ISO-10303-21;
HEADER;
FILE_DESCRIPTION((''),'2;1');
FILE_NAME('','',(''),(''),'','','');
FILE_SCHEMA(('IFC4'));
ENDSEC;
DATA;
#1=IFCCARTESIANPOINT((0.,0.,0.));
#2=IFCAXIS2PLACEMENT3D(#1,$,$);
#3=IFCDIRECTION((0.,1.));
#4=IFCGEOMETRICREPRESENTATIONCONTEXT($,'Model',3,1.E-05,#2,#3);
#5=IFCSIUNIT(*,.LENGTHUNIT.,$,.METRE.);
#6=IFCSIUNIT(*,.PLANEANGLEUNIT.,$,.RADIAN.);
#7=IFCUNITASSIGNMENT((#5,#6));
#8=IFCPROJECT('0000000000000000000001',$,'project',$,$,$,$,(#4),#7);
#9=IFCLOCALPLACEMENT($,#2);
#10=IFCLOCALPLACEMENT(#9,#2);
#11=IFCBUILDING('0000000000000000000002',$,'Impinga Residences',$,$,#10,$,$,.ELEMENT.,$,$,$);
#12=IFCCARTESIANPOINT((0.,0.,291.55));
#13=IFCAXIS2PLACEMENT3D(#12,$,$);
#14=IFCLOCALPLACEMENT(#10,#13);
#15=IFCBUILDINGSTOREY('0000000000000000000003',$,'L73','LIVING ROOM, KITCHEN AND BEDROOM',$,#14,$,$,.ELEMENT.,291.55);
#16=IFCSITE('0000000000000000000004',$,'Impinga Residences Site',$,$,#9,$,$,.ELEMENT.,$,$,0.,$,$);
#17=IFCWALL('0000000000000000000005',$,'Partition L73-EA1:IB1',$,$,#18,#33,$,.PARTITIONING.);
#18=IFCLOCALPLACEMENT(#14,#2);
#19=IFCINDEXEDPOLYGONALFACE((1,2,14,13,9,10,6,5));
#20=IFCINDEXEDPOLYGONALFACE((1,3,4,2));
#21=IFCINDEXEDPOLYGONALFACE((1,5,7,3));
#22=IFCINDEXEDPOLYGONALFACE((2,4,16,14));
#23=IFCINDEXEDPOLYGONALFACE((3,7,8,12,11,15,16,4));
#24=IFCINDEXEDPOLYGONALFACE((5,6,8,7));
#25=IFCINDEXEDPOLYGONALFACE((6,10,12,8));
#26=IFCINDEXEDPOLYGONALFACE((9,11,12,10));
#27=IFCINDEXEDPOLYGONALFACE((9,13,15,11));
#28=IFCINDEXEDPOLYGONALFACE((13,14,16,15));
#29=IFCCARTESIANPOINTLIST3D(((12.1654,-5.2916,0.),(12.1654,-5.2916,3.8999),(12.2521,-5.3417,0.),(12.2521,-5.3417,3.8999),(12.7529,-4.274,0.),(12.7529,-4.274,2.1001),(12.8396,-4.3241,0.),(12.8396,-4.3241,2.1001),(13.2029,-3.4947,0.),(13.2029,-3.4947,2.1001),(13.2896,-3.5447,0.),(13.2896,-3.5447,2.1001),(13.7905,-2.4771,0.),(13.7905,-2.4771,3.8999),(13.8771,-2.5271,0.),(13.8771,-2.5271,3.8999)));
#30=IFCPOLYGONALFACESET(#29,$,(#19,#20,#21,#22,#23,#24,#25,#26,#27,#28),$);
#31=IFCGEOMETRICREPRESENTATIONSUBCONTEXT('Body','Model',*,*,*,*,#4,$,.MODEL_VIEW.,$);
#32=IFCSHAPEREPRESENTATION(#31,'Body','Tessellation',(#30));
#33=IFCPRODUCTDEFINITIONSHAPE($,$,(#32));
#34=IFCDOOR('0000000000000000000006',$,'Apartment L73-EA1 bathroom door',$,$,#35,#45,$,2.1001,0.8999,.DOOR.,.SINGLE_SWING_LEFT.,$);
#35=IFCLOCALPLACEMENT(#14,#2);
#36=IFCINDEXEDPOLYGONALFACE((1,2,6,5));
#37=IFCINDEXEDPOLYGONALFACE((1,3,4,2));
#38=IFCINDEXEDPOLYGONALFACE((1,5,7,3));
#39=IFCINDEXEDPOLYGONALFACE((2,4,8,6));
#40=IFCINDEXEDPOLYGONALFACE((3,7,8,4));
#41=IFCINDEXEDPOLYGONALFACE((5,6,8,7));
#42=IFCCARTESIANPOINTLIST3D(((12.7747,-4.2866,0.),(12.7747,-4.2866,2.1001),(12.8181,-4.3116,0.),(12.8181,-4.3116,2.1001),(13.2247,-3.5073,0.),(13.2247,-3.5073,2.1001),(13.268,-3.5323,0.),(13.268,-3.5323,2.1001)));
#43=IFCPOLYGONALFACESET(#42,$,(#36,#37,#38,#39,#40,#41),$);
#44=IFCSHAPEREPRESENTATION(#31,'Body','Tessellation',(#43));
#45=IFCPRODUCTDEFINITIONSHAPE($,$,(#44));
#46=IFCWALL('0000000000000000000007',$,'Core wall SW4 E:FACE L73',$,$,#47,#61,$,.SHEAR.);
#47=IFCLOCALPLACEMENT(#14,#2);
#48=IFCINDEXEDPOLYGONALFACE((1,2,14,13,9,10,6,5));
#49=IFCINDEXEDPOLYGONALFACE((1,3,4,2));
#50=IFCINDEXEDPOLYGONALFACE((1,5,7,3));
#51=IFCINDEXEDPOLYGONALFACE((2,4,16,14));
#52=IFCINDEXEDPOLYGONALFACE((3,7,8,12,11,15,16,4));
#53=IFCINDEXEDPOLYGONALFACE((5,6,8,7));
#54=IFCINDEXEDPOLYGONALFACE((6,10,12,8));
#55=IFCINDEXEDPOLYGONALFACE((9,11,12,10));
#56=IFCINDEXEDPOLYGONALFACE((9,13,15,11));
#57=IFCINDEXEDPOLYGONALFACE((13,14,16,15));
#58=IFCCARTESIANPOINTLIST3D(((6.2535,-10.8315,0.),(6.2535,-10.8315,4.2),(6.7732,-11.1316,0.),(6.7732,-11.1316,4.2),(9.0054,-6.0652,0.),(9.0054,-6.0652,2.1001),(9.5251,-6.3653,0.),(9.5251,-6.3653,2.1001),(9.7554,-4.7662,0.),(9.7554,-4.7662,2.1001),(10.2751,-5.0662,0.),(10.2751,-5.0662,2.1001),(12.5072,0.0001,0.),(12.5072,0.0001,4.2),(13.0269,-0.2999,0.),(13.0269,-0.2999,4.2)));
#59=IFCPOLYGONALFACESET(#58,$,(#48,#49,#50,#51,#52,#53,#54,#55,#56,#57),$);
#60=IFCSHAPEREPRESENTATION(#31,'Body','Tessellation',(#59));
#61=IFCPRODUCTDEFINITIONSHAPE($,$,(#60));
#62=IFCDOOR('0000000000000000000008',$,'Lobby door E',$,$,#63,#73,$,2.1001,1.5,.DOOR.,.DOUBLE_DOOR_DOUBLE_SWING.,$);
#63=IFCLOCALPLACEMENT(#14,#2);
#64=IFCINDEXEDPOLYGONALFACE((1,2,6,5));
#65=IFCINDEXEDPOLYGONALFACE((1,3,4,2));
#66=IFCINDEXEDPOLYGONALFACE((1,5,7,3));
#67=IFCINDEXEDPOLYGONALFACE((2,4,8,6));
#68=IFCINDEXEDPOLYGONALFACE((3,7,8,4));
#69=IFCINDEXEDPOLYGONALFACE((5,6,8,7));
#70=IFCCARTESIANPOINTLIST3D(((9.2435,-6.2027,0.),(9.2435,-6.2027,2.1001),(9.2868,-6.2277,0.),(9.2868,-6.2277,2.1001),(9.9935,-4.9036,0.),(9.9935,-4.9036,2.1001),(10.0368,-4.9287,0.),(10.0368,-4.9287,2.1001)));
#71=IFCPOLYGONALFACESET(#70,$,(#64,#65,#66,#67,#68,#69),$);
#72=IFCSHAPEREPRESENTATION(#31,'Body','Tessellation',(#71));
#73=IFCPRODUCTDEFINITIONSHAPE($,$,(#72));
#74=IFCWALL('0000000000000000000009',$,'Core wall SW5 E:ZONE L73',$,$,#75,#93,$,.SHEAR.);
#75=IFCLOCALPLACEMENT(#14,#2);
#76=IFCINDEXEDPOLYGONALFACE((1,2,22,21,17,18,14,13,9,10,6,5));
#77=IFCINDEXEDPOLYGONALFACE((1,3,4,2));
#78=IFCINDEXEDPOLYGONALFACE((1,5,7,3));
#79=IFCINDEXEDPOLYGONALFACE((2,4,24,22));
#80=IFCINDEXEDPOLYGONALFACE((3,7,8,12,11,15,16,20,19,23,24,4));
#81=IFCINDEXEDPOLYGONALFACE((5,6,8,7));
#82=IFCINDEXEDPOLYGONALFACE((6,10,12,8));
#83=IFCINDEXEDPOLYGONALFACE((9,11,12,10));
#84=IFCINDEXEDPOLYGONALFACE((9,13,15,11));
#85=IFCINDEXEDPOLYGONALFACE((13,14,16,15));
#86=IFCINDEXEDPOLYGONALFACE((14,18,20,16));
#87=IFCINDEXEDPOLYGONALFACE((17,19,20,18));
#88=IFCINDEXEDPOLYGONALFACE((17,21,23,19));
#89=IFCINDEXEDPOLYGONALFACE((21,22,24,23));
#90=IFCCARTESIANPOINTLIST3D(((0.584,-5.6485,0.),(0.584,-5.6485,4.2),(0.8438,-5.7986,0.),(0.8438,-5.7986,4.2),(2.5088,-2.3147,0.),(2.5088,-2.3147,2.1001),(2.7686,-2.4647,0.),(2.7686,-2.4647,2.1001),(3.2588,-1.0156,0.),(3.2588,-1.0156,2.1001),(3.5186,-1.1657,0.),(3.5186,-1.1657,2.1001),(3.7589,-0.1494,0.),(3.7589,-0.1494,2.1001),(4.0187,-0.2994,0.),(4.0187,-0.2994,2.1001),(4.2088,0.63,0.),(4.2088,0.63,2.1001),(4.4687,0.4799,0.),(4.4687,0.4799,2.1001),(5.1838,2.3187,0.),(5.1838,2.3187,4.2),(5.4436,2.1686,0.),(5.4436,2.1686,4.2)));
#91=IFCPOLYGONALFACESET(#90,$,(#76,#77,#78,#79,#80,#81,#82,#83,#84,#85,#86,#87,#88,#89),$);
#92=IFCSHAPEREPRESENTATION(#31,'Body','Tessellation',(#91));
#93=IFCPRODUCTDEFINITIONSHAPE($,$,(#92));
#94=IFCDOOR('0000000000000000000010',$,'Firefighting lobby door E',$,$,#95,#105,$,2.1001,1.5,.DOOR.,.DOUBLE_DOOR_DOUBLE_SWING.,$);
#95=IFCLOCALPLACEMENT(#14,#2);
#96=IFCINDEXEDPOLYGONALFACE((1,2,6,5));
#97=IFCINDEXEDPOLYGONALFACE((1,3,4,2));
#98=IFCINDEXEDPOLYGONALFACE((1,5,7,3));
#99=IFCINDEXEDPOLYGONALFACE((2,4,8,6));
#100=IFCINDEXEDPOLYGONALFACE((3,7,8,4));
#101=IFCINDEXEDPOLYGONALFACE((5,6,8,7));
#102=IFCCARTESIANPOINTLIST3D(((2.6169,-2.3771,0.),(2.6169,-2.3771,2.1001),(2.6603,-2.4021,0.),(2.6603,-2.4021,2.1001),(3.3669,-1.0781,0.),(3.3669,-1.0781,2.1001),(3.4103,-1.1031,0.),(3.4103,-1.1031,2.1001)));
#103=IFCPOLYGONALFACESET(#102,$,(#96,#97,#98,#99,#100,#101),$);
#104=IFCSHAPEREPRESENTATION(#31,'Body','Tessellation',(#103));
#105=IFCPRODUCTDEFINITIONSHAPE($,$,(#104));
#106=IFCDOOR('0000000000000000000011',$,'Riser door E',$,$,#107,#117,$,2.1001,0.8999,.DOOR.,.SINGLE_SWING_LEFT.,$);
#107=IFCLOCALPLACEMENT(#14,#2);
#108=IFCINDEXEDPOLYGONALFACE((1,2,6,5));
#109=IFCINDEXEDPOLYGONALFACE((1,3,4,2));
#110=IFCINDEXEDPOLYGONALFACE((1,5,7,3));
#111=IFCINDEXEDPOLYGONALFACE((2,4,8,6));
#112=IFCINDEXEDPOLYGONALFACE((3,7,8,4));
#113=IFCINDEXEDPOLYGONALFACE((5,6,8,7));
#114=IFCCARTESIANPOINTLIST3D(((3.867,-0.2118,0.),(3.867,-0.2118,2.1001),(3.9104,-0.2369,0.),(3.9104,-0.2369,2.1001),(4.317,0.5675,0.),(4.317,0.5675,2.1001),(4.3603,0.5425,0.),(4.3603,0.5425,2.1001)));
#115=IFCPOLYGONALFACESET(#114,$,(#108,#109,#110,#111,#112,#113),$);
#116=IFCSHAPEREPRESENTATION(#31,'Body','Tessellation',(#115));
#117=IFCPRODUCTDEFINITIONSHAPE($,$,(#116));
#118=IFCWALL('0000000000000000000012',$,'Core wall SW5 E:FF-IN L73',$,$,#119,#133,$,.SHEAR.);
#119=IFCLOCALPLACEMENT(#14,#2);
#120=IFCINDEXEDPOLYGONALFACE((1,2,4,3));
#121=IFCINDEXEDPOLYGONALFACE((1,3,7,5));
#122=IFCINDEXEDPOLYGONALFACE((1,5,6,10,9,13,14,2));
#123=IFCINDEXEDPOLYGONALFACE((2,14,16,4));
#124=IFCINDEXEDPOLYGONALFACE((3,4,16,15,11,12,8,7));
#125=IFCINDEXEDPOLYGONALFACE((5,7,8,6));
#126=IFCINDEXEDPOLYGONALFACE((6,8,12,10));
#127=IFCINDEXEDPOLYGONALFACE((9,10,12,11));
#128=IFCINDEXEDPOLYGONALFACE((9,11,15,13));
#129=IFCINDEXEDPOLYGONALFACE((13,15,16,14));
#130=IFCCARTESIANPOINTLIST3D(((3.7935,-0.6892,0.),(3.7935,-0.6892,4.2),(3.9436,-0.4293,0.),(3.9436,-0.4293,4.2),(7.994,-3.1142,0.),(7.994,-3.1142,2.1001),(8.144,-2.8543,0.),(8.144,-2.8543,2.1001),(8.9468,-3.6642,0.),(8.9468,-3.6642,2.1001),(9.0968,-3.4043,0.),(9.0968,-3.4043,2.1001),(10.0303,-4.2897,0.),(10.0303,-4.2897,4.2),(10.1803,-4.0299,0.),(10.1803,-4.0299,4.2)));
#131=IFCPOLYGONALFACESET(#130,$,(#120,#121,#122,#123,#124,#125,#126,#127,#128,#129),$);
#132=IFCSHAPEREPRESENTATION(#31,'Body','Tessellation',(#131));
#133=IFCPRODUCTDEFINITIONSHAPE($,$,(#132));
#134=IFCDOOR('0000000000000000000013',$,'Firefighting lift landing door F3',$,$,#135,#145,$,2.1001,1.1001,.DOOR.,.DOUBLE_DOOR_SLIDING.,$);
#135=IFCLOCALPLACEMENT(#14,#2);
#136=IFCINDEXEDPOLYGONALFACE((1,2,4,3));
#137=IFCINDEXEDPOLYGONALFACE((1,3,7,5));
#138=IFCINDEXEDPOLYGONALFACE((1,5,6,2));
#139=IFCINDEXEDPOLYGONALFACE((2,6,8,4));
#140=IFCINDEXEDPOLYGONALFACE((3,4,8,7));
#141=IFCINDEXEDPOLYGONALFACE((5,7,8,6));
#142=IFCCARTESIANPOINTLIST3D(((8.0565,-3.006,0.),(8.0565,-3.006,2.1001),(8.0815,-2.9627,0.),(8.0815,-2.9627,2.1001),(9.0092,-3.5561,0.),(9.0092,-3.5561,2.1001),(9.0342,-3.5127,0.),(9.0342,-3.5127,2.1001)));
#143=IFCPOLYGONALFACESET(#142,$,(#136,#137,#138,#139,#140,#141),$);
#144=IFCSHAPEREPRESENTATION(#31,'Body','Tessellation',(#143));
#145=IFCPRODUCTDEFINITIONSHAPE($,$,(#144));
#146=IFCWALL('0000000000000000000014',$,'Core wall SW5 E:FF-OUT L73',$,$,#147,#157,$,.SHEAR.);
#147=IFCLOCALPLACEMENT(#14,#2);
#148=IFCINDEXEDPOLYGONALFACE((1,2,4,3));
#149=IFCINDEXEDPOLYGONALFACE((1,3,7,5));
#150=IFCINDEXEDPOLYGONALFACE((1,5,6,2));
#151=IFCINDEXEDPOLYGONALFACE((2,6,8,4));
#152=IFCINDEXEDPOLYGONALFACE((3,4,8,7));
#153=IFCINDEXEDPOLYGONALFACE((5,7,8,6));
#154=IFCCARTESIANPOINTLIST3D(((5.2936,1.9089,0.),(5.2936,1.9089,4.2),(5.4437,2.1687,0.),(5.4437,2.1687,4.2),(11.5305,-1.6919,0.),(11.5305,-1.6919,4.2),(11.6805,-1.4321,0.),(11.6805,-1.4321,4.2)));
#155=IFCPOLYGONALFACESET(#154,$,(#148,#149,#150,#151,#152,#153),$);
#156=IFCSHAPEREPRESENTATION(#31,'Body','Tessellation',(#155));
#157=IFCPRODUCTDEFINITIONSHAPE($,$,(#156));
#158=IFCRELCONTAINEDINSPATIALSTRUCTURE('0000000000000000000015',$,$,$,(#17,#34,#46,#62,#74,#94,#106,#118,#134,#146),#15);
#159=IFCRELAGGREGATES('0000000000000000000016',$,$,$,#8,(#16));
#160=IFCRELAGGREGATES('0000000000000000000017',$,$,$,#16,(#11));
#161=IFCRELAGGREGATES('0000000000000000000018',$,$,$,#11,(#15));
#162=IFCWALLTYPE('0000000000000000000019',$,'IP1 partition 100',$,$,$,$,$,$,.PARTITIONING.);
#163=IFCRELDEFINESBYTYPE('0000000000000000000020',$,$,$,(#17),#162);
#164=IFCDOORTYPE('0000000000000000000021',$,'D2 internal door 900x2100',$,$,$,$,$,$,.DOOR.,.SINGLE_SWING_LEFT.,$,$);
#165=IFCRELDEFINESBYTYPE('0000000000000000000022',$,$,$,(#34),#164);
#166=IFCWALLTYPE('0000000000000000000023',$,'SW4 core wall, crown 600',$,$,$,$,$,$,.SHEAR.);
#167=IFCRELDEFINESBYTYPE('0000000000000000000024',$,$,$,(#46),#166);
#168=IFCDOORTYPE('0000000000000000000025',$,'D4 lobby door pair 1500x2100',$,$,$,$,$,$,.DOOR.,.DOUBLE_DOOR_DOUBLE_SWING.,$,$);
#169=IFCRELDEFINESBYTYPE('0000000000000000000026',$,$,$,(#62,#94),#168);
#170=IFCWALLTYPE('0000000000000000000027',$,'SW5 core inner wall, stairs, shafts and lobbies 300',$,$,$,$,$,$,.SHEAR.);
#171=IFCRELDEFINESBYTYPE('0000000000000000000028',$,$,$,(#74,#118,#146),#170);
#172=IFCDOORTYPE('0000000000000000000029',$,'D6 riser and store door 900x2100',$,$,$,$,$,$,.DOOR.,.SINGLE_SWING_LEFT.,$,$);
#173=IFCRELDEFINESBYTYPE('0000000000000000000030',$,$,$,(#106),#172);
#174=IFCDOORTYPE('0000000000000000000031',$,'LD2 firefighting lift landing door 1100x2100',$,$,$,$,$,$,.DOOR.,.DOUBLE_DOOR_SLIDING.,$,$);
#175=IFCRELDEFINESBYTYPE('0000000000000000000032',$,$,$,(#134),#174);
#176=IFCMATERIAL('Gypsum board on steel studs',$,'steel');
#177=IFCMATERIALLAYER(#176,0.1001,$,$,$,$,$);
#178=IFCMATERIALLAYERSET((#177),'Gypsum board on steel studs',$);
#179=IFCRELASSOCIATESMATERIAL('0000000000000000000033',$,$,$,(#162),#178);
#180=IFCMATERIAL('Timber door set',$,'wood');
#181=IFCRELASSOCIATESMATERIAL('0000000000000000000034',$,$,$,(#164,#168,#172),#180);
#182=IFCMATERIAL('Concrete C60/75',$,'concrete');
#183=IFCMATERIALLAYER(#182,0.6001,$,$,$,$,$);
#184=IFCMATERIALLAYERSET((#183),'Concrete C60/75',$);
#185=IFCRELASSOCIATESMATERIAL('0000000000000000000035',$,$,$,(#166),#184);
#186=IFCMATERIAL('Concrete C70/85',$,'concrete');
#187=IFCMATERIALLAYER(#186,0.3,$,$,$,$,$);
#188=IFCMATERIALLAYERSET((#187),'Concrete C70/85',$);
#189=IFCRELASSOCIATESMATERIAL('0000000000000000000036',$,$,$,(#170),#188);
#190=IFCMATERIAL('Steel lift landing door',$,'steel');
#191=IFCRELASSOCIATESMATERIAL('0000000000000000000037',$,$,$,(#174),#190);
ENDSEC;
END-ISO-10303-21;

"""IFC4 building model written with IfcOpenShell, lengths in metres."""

from ifc_helpers import new_model, si_unit, direction, frame, frame_2d, origin, place, context, subcontext, project, spatial, rectangle, extrude, material, layer, layer_set, type_object, element, fill, save


model = new_model("IFC4")

# Units and contexts
model_context = context("Model", 3, precision=1e-05, world=origin(), true_north=direction((0.0, 1.0)))
body_context = subcontext(model_context, "Body", "Model", "MODEL_VIEW")
ifc_project = project(units=[si_unit("LENGTHUNIT", "METRE"), si_unit("PLANEANGLEUNIT", "RADIAN")], contexts=[model_context])

# Site, building, storey
site_placement = place(None, origin())
site = spatial("IfcSite", under=ifc_project, at=site_placement, Name="Impinga Residences Site", CompositionType="ELEMENT", RefElevation=0.0)
building_placement = place(site_placement, origin())
building = spatial("IfcBuilding", under=site, at=building_placement, Name="Impinga Residences", CompositionType="ELEMENT")
storey_placement = place(building_placement, frame((0.0, 0.0, 291.55)))
storey = spatial("IfcBuildingStorey", under=building, at=storey_placement, Name="L73", Description="LIVING ROOM, KITCHEN AND BEDROOM", CompositionType="ELEMENT", Elevation=291.55)

# Shared definitions
ifc_material_1 = material(Name="Concrete C60/75", Category="concrete")
ifc_material_2 = material(Name="Timber door set", Category="wood")

# Shared definitions
ifc_material_3 = material(Name="Gypsum board on steel studs", Category="steel")
ifc_layer_1 = layer(ifc_material_3, 0.1001)
ifc_layer_set_1 = layer_set([ifc_layer_1], Name="Gypsum board on steel studs")
wall_type_1 = type_object("IfcWallType", Name="IP1 partition 100", PredefinedType="PARTITIONING", material=ifc_layer_set_1)

# Shared definitions
door_type_1 = type_object("IfcDoorType", Name="D2 internal door 900x2100", OperationType="SINGLE_SWING_LEFT", PredefinedType="DOOR", material=ifc_material_2)

# Walls, openings, doors
wall_1_placement = place(storey_placement, frame((12.2087, -5.3167, 0.0), z_axis=(0.0, 0.0, 1.0), x_axis=(0.500017, 0.866015, 0.0)))
wall_1 = element("IfcWall", 1, at=wall_1_placement, inside=storey, type_object=wall_type_1, Name="Partition L73-EA1:IB1", PredefinedType="PARTITIONING", context=body_context, shape_type="SweptSolid", body=[
    extrude(rectangle(XDim=3.25, YDim=0.1001, at=frame_2d((1.625, 0.0))), origin(), (0.0, 0.0, 1.0), 3.8999),
])
opening_1_placement = place(wall_1_placement, frame((1.175, 0.0, 0.0)))
opening_1 = element("IfcOpeningElement", 2, at=opening_1_placement, cuts=wall_1, PredefinedType="OPENING", context=body_context, shape_type="SweptSolid", body=[
    extrude(rectangle(XDim=0.8999, YDim=2.1001, at=frame_2d((0.45, 1.05))), frame((0.0, 0.0601, 0.0), z_axis=(0.0, -1.0, 0.0), x_axis=(1.0, 0.0, 0.0)), (0.0, 0.0, 1.0), 0.1201),
])
door_1_placement = place(opening_1_placement, origin())
door_1 = element("IfcDoor", 3, at=door_1_placement, inside=storey, type_object=door_type_1, Name="Apartment L73-EA1 bathroom door", OperationType="SINGLE_SWING_LEFT", OverallHeight=2.1001, OverallWidth=0.8999, PredefinedType="DOOR", context=body_context, shape_type="SweptSolid", body=[
    extrude(rectangle(XDim=0.8999, YDim=2.1001, at=frame_2d((0.45, 1.05))), frame((0.0, 0.0249, 0.0), z_axis=(0.0, -1.0, 0.0), x_axis=(1.0, 0.0, 0.0)), (0.0, 0.0, 1.0), 0.05),
])
fill(opening_1, door_1)
ifc_layer_2 = layer(ifc_material_1, 0.6001)
ifc_layer_set_2 = layer_set([ifc_layer_2], Name="Concrete C60/75")
wall_type_2 = type_object("IfcWallType", Name="SW4 core wall, crown 600", PredefinedType="SHEAR", material=ifc_layer_set_2)
wall_2_placement = place(storey_placement, frame((12.7671, -0.1499, 0.0), z_axis=(0.0, 0.0, 1.0), x_axis=(-0.500004, -0.866023, 0.0)))
wall_2 = element("IfcWall", 4, at=wall_2_placement, inside=storey, type_object=wall_type_2, Name="Core wall SW4 E:FACE L73", PredefinedType="SHEAR", context=body_context, shape_type="SweptSolid", body=[
    extrude(rectangle(XDim=12.5073, YDim=0.6001, at=frame_2d((6.2537, 0.0))), origin(), (0.0, 0.0, 1.0), 4.2),
])
opening_2_placement = place(wall_2_placement, frame((5.5037, 0.0, 0.0)))
opening_2 = element("IfcOpeningElement", 5, at=opening_2_placement, cuts=wall_2, PredefinedType="OPENING", context=body_context, shape_type="SweptSolid", body=[
    extrude(rectangle(XDim=1.5, YDim=2.1001, at=frame_2d((0.75, 1.05))), frame((0.0, 0.3101, 0.0), z_axis=(0.0, -1.0, 0.0), x_axis=(1.0, 0.0, 0.0)), (0.0, 0.0, 1.0), 0.6201),
])
door_type_2 = type_object("IfcDoorType", Name="D4 lobby door pair 1500x2100", OperationType="DOUBLE_DOOR_DOUBLE_SWING", PredefinedType="DOOR", material=ifc_material_2)
door_2_placement = place(opening_2_placement, origin())
door_2 = element("IfcDoor", 6, at=door_2_placement, inside=storey, type_object=door_type_2, Name="Lobby door E", OperationType="DOUBLE_DOOR_DOUBLE_SWING", OverallHeight=2.1001, OverallWidth=1.5, PredefinedType="DOOR", context=body_context, shape_type="SweptSolid", body=[
    extrude(rectangle(XDim=1.5, YDim=2.1001, at=frame_2d((0.75, 1.05))), frame((0.0, 0.0249, 0.0), z_axis=(0.0, -1.0, 0.0), x_axis=(1.0, 0.0, 0.0)), (0.0, 0.0, 1.0), 0.05),
])
fill(opening_2, door_2)

# Wall, openings, doors
ifc_material_4 = material(Name="Concrete C70/85", Category="concrete")
ifc_layer_3 = layer(ifc_material_4, 0.3)
ifc_layer_set_3 = layer_set([ifc_layer_3], Name="Concrete C70/85")
wall_type_3 = type_object("IfcWallType", Name="SW5 core inner wall, stairs, shafts and lobbies 300", PredefinedType="SHEAR", material=ifc_layer_set_3)
wall_3_placement = place(storey_placement, frame((5.3137, 2.2437, 0.0), z_axis=(0.0, 0.0, 1.0), x_axis=(-0.499995, -0.866028, 0.0)))
wall_3 = element("IfcWall", 7, at=wall_3_placement, inside=storey, type_object=wall_type_3, Name="Core wall SW5 E:ZONE L73", PredefinedType="SHEAR", context=body_context, shape_type="SweptSolid", body=[
    extrude(rectangle(XDim=9.1997, YDim=0.3, at=frame_2d((4.5999, 0.0))), origin(), (0.0, 0.0, 1.0), 4.2),
])
opening_3_placement = place(wall_3_placement, frame((3.8501, 0.0, 0.0)))
opening_3 = element("IfcOpeningElement", 8, at=opening_3_placement, cuts=wall_3, PredefinedType="OPENING", context=body_context, shape_type="SweptSolid", body=[
    extrude(rectangle(XDim=1.5, YDim=2.1001, at=frame_2d((0.75, 1.05))), frame((0.0, 0.1599, 0.0), z_axis=(0.0, -1.0, 0.0), x_axis=(1.0, 0.0, 0.0)), (0.0, 0.0, 1.0), 0.3201),
])
opening_4_placement = place(wall_3_placement, frame((1.95, 0.0, 0.0)))
opening_4 = element("IfcOpeningElement", 9, at=opening_4_placement, cuts=wall_3, PredefinedType="OPENING", context=body_context, shape_type="SweptSolid", body=[
    extrude(rectangle(XDim=0.8999, YDim=2.1001, at=frame_2d((0.45, 1.05))), frame((0.0, 0.1599, 0.0), z_axis=(0.0, -1.0, 0.0), x_axis=(1.0, 0.0, 0.0)), (0.0, 0.0, 1.0), 0.3201),
])
door_3_placement = place(opening_3_placement, origin())
door_3 = element("IfcDoor", 10, at=door_3_placement, inside=storey, type_object=door_type_2, Name="Firefighting lobby door E", OperationType="DOUBLE_DOOR_DOUBLE_SWING", OverallHeight=2.1001, OverallWidth=1.5, PredefinedType="DOOR", context=body_context, shape_type="SweptSolid", body=[
    extrude(rectangle(XDim=1.5, YDim=2.1001, at=frame_2d((0.75, 1.05))), frame((0.0, 0.0249, 0.0), z_axis=(0.0, -1.0, 0.0), x_axis=(1.0, 0.0, 0.0)), (0.0, 0.0, 1.0), 0.05),
])
fill(opening_3, door_3)
door_type_3 = type_object("IfcDoorType", Name="D6 riser and store door 900x2100", OperationType="SINGLE_SWING_LEFT", PredefinedType="DOOR", material=ifc_material_2)
door_4_placement = place(opening_4_placement, origin())
door_4 = element("IfcDoor", 11, at=door_4_placement, inside=storey, type_object=door_type_3, Name="Riser door E", OperationType="SINGLE_SWING_LEFT", OverallHeight=2.1001, OverallWidth=0.8999, PredefinedType="DOOR", context=body_context, shape_type="SweptSolid", body=[
    extrude(rectangle(XDim=0.8999, YDim=2.1001, at=frame_2d((0.45, 1.05))), frame((0.0, 0.0249, 0.0), z_axis=(0.0, -1.0, 0.0), x_axis=(1.0, 0.0, 0.0)), (0.0, 0.0, 1.0), 0.05),
])
fill(opening_4, door_4)

# Wall, opening, door
wall_4_placement = place(storey_placement, frame((3.8687, -0.5593, 0.0), z_axis=(0.0, 0.0, 1.0), x_axis=(0.86604, -0.499975, 0.0)))
wall_4 = element("IfcWall", 12, at=wall_4_placement, inside=storey, type_object=wall_type_3, Name="Core wall SW5 E:FF-IN L73", PredefinedType="SHEAR", context=body_context, shape_type="SweptSolid", body=[
    extrude(rectangle(XDim=7.2014, YDim=0.3, at=frame_2d((3.6006, 0.0))), origin(), (0.0, 0.0, 1.0), 4.2),
])
opening_5_placement = place(wall_4_placement, frame((4.8501, 0.0, 0.0)))
opening_5 = element("IfcOpeningElement", 13, at=opening_5_placement, cuts=wall_4, PredefinedType="OPENING", context=body_context, shape_type="SweptSolid", body=[
    extrude(rectangle(XDim=1.1001, YDim=2.1001, at=frame_2d((0.55, 1.05))), frame((0.0, 0.1599, 0.0), z_axis=(0.0, -1.0, 0.0), x_axis=(1.0, 0.0, 0.0)), (0.0, 0.0, 1.0), 0.3201),
])
ifc_material_5 = material(Name="Steel lift landing door", Category="steel")
door_type_4 = type_object("IfcDoorType", Name="LD2 firefighting lift landing door 1100x2100", OperationType="DOUBLE_DOOR_SLIDING", PredefinedType="DOOR", material=ifc_material_5)
door_5_placement = place(opening_5_placement, origin())
door_5 = element("IfcDoor", 14, at=door_5_placement, inside=storey, type_object=door_type_4, Name="Firefighting lift landing door F3", OperationType="DOUBLE_DOOR_SLIDING", OverallHeight=2.1001, OverallWidth=1.1001, PredefinedType="DOOR", context=body_context, shape_type="SweptSolid", body=[
    extrude(rectangle(XDim=1.1001, YDim=2.1001, at=frame_2d((0.55, 1.05))), frame((0.0, 0.0249, 0.0), z_axis=(0.0, -1.0, 0.0), x_axis=(1.0, 0.0, 0.0)), (0.0, 0.0, 1.0), 0.05),
])
fill(opening_5, door_5)

# Wall
wall_5_placement = place(storey_placement, frame((5.3687, 2.0388, 0.0), z_axis=(0.0, 0.0, 1.0), x_axis=(0.866025, -0.5, 0.0)))
element("IfcWall", 15, at=wall_5_placement, inside=storey, type_object=wall_type_3, Name="Core wall SW5 E:FF-OUT L73", PredefinedType="SHEAR", context=body_context, shape_type="SweptSolid", body=[
    extrude(rectangle(XDim=7.2017, YDim=0.3, at=frame_2d((3.6008, 0.0))), origin(), (0.0, 0.0, 1.0), 4.2),
])

save(model, "model.ifc")
